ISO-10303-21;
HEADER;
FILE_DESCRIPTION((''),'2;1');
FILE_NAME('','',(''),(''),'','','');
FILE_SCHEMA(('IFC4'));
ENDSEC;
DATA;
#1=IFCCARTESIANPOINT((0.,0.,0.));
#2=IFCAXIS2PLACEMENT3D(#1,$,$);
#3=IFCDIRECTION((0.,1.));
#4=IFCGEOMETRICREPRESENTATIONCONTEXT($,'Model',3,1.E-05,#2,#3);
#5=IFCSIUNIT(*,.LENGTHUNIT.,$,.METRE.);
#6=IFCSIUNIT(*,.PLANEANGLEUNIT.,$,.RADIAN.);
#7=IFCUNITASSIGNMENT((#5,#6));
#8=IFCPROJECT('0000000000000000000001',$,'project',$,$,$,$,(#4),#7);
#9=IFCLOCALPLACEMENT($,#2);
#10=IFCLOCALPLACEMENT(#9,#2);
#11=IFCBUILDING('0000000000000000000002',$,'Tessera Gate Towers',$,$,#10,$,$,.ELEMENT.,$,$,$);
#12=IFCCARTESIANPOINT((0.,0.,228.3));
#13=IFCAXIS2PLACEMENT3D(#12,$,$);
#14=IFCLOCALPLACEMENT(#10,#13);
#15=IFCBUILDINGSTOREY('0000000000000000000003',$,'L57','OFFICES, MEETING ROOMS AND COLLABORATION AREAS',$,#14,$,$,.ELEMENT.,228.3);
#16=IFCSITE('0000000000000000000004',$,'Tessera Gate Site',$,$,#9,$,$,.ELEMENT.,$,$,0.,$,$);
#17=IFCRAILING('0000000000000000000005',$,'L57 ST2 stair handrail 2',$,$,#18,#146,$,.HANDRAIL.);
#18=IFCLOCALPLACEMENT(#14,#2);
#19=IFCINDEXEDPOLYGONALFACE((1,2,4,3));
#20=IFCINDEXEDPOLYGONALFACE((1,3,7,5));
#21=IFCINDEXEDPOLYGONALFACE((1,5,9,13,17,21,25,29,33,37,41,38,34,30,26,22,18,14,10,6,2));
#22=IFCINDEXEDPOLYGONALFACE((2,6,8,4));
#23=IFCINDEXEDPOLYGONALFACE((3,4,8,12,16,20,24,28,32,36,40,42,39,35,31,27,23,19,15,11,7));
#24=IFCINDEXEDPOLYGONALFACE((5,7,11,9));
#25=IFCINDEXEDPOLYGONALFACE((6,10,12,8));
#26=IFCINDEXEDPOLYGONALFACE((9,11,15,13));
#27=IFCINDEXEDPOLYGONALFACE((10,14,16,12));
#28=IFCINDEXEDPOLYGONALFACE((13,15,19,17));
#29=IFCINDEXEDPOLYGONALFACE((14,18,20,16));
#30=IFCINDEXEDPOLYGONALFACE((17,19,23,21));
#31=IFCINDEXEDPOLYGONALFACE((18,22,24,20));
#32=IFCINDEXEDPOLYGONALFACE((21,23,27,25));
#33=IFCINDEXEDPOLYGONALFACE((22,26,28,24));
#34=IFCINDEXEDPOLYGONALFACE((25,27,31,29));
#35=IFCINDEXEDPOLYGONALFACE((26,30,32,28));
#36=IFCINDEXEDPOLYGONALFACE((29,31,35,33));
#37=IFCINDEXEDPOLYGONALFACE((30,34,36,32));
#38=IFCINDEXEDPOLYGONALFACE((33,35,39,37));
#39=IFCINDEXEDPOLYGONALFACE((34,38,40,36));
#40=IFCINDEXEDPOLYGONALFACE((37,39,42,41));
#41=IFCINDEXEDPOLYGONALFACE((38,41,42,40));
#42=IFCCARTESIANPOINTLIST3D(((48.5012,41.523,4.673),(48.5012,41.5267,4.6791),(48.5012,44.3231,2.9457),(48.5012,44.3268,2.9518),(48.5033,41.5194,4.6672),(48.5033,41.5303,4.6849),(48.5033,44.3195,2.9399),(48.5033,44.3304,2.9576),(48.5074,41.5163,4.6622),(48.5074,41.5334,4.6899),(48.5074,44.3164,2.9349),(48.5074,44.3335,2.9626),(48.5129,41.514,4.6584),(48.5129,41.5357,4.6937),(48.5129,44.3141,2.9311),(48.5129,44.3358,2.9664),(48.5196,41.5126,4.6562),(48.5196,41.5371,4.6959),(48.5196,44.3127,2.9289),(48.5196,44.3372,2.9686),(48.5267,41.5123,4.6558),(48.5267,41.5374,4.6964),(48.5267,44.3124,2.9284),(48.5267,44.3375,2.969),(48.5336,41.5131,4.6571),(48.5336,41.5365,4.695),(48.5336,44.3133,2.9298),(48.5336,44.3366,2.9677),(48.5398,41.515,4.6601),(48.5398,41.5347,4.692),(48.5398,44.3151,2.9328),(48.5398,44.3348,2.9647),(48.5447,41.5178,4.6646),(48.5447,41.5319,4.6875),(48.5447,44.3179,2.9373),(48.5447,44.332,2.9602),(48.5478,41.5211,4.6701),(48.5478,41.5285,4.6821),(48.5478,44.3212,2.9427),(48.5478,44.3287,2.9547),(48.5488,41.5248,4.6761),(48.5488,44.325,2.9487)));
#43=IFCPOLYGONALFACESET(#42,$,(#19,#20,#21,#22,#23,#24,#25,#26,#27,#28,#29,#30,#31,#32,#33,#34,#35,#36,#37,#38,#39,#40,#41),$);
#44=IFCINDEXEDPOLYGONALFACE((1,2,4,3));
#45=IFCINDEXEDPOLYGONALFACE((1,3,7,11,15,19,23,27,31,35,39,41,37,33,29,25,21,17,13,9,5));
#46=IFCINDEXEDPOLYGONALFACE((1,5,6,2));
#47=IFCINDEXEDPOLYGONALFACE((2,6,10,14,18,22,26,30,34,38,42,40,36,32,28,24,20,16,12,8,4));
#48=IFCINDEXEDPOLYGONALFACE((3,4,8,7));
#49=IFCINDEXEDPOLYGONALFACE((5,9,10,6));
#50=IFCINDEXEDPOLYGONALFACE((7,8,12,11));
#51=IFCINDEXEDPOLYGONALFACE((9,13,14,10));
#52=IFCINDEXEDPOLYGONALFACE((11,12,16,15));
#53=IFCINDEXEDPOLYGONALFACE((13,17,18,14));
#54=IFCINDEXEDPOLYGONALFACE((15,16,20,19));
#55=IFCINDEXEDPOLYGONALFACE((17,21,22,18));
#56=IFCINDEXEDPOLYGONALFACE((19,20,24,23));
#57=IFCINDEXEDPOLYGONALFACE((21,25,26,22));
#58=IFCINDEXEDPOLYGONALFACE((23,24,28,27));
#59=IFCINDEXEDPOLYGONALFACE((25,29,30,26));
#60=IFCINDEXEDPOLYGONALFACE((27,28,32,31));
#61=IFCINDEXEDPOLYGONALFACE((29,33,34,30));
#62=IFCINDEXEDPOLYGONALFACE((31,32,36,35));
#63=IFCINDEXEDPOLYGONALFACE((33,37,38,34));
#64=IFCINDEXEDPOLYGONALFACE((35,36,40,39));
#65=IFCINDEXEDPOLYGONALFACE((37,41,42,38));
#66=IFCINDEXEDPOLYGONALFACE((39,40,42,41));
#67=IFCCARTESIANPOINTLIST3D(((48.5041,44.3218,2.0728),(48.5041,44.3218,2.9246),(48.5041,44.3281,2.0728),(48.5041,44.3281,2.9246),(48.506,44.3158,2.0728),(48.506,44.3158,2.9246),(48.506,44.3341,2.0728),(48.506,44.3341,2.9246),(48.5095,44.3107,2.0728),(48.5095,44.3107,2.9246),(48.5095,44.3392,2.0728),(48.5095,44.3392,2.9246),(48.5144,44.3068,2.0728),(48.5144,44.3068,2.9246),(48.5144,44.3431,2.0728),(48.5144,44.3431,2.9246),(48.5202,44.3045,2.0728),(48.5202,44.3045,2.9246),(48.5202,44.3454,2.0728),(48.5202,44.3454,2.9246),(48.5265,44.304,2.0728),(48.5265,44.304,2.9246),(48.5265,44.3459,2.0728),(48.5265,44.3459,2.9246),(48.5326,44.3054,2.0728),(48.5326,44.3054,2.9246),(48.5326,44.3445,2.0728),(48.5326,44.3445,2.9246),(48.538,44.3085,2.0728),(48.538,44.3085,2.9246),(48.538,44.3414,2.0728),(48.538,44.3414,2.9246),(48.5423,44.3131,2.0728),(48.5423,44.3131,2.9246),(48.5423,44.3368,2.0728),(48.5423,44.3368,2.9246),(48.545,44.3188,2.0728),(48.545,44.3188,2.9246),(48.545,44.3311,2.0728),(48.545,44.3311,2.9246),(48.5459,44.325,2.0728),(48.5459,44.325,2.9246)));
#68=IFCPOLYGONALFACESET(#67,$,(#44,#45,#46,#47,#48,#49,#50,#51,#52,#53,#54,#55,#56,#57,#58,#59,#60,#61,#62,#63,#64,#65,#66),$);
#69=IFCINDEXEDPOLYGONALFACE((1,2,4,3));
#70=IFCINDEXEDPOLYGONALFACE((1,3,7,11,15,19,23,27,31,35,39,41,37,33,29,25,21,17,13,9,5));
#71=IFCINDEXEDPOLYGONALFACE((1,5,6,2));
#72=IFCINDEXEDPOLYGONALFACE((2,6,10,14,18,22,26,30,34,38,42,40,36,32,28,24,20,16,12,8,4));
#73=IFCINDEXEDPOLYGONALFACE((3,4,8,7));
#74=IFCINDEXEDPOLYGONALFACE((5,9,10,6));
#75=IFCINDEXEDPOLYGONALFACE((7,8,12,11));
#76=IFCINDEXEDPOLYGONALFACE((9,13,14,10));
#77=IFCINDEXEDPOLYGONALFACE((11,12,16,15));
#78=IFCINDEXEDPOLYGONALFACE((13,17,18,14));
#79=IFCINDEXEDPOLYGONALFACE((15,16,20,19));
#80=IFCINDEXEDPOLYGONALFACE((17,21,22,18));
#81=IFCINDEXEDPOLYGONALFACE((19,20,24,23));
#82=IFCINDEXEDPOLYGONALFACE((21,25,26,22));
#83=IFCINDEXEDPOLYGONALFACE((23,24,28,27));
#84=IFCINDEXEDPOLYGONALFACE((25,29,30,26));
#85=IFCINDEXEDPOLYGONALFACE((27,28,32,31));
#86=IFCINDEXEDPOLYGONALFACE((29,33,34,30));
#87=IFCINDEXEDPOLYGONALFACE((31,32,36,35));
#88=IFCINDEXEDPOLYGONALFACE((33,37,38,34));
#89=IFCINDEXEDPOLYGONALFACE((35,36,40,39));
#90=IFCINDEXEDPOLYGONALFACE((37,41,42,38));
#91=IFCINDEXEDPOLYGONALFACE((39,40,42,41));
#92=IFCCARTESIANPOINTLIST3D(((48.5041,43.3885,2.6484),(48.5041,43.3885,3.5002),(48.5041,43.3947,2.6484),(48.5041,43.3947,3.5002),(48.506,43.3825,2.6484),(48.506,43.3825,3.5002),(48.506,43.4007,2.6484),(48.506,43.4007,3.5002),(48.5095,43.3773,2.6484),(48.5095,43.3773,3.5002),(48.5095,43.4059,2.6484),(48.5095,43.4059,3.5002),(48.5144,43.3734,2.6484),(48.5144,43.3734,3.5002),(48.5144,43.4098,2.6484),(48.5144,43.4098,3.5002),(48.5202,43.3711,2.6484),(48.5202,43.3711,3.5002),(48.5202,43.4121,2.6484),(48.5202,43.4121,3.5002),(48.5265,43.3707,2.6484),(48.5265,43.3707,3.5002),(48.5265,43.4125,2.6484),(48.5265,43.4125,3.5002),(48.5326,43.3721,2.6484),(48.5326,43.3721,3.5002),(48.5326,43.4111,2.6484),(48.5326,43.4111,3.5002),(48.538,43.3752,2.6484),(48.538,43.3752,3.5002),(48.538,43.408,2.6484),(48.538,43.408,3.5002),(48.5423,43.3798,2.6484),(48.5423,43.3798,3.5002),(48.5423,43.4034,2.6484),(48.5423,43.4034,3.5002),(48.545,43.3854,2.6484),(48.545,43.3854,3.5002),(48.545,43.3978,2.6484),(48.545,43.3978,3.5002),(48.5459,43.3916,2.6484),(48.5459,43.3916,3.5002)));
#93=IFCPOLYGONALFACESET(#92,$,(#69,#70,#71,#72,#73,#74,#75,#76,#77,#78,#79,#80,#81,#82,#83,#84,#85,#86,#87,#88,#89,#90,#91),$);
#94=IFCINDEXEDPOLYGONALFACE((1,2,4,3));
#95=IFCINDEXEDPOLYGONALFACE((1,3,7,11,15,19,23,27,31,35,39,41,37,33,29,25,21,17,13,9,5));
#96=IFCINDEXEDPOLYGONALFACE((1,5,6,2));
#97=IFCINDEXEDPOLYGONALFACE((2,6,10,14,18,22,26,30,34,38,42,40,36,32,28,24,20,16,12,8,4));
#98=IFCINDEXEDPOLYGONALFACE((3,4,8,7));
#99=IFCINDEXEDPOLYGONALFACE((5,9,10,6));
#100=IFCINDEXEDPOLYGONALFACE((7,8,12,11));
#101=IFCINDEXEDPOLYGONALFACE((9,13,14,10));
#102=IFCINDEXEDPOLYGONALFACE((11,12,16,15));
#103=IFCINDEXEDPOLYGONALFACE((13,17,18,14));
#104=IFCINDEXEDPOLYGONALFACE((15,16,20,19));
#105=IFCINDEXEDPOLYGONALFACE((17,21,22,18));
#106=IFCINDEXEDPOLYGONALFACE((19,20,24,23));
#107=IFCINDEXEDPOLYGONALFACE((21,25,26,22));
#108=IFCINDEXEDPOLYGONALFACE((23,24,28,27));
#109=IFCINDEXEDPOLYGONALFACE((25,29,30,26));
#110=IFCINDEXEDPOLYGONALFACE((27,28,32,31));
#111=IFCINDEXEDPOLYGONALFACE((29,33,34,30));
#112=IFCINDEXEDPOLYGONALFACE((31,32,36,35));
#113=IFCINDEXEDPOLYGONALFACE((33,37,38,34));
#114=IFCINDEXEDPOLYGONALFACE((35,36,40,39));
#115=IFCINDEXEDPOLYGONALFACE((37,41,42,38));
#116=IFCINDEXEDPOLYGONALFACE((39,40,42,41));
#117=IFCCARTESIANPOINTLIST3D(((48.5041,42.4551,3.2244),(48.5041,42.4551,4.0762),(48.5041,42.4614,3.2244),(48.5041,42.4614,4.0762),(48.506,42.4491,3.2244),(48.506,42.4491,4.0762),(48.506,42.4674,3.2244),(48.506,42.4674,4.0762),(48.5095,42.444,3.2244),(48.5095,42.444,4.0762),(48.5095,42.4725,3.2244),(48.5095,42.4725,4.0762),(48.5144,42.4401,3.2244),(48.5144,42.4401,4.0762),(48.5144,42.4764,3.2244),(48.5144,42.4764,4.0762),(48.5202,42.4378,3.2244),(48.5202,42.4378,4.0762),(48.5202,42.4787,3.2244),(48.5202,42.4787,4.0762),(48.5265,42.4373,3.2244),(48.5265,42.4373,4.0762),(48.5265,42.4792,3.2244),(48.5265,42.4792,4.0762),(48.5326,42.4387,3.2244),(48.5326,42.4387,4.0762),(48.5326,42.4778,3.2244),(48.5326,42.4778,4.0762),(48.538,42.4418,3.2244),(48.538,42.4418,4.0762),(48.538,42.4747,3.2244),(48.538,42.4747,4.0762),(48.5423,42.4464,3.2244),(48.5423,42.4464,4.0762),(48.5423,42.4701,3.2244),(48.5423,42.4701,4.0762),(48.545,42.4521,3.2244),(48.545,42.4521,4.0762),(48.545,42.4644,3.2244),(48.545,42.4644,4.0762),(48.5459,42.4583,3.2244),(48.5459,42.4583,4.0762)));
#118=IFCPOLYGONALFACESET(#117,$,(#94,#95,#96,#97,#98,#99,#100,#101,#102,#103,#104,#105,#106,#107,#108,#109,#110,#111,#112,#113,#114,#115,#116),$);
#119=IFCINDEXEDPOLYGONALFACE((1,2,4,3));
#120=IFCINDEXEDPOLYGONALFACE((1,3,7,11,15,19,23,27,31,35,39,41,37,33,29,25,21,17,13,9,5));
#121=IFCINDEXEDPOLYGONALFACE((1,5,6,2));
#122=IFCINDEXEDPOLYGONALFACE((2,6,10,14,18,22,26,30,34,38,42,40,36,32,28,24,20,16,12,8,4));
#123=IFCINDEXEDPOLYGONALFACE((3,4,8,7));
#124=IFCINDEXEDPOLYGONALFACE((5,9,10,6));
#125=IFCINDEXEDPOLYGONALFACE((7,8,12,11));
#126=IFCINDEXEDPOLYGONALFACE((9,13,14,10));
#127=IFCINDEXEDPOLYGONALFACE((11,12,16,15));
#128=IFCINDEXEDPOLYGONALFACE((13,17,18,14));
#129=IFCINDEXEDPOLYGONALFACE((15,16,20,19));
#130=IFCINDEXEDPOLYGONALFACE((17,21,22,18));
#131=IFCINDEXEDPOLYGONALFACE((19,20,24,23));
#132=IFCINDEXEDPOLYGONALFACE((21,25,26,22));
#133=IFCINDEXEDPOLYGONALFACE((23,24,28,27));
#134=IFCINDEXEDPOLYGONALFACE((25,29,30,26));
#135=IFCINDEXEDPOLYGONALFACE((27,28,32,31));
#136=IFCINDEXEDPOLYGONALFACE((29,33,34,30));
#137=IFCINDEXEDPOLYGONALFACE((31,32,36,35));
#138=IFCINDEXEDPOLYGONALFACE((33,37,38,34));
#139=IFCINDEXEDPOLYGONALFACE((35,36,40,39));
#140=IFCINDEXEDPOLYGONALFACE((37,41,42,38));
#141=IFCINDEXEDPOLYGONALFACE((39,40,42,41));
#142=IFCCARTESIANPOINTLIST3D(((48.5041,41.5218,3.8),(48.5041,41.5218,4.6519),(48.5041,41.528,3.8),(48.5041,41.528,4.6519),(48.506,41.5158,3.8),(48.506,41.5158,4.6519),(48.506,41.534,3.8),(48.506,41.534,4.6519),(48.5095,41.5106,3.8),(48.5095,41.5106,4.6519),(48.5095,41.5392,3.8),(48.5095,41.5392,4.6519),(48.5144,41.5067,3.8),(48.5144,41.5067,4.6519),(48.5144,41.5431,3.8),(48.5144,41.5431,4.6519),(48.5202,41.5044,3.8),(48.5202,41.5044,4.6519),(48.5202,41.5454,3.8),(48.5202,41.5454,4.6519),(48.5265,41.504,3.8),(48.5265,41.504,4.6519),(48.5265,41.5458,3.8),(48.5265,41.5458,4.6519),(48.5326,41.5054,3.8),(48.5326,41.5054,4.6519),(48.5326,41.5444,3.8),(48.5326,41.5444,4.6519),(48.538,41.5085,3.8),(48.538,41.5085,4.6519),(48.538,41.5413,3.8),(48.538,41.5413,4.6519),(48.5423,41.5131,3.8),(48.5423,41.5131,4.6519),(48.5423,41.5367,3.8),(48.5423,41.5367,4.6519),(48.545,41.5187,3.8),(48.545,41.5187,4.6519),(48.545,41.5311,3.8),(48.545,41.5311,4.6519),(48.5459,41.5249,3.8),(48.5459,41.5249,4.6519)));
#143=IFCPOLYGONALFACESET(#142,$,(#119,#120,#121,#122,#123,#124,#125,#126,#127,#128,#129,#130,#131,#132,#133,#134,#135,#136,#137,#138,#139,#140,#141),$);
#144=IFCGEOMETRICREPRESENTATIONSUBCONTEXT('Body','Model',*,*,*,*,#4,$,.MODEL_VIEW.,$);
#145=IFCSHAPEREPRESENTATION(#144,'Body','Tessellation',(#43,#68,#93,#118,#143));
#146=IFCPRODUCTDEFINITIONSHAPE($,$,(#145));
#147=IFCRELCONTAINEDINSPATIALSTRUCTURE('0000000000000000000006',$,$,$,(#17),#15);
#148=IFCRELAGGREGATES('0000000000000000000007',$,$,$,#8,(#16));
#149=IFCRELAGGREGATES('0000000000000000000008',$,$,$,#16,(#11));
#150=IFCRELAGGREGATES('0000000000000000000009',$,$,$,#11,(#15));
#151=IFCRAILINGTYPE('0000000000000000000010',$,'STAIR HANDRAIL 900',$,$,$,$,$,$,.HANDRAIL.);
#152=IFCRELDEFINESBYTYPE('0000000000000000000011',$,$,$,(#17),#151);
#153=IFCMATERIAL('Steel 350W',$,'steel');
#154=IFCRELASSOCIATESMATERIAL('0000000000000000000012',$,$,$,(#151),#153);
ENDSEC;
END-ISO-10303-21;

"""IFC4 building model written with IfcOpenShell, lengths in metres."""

from ifc_helpers import new_model, si_unit, direction, frame, origin, origin_2d, place, context, subcontext, project, spatial, circle, extrude, material, type_object, element, save


model = new_model("IFC4")

# Units and contexts
model_context = context("Model", 3, precision=1e-05, world=origin(), true_north=direction((0.0, 1.0)))
body_context = subcontext(model_context, "Body", "Model", "MODEL_VIEW")
ifc_project = project(units=[si_unit("LENGTHUNIT", "METRE"), si_unit("PLANEANGLEUNIT", "RADIAN")], contexts=[model_context])

# Site, building, storey
site_placement = place(None, origin())
site = spatial("IfcSite", under=ifc_project, at=site_placement, Name="Tessera Gate Site", CompositionType="ELEMENT", RefElevation=0.0)
building_placement = place(site_placement, origin())
building = spatial("IfcBuilding", under=site, at=building_placement, Name="Tessera Gate Towers", CompositionType="ELEMENT")
storey_placement = place(building_placement, frame((0.0, 0.0, 228.3)))
storey = spatial("IfcBuildingStorey", under=building, at=storey_placement, Name="L57", Description="OFFICES, MEETING ROOMS AND COLLABORATION AREAS", CompositionType="ELEMENT", Elevation=228.3)

# Railing
ifc_material_1 = material(Name="Steel 350W", Category="steel")
railing_type_1 = type_object("IfcRailingType", Name="STAIR HANDRAIL 900", PredefinedType="HANDRAIL", material=ifc_material_1)
railing_1_placement = place(storey_placement, frame((48.5249, 44.325, 2.0728)))
element("IfcRailing", 1, at=railing_1_placement, inside=storey, type_object=railing_type_1, Name="L57 ST2 stair handrail 2", PredefinedType="HANDRAIL", context=body_context, shape_type="SweptSolid", body=[
    extrude(circle(Radius=0.0239, at=origin_2d()), frame((0.0, 0.0, 0.876), z_axis=(0.0, -0.85109, 0.52502), x_axis=(1.0, 0.0, 0.0)), (0.0, 0.0, 1.0), 3.29),
    extrude(circle(Radius=0.021, at=origin_2d()), origin(), (0.0, 0.0, 1.0), 0.8518),
    extrude(circle(Radius=0.021, at=origin_2d()), frame((0.0, -0.9333, 0.5757)), (0.0, 0.0, 1.0), 0.8518),
    extrude(circle(Radius=0.021, at=origin_2d()), frame((0.0, -1.8667, 1.1516)), (0.0, 0.0, 1.0), 0.8518),
    extrude(circle(Radius=0.021, at=origin_2d()), frame((0.0, -2.8, 1.7273)), (0.0, 0.0, 1.0), 0.8518),
])

save(model, "model.ifc")
